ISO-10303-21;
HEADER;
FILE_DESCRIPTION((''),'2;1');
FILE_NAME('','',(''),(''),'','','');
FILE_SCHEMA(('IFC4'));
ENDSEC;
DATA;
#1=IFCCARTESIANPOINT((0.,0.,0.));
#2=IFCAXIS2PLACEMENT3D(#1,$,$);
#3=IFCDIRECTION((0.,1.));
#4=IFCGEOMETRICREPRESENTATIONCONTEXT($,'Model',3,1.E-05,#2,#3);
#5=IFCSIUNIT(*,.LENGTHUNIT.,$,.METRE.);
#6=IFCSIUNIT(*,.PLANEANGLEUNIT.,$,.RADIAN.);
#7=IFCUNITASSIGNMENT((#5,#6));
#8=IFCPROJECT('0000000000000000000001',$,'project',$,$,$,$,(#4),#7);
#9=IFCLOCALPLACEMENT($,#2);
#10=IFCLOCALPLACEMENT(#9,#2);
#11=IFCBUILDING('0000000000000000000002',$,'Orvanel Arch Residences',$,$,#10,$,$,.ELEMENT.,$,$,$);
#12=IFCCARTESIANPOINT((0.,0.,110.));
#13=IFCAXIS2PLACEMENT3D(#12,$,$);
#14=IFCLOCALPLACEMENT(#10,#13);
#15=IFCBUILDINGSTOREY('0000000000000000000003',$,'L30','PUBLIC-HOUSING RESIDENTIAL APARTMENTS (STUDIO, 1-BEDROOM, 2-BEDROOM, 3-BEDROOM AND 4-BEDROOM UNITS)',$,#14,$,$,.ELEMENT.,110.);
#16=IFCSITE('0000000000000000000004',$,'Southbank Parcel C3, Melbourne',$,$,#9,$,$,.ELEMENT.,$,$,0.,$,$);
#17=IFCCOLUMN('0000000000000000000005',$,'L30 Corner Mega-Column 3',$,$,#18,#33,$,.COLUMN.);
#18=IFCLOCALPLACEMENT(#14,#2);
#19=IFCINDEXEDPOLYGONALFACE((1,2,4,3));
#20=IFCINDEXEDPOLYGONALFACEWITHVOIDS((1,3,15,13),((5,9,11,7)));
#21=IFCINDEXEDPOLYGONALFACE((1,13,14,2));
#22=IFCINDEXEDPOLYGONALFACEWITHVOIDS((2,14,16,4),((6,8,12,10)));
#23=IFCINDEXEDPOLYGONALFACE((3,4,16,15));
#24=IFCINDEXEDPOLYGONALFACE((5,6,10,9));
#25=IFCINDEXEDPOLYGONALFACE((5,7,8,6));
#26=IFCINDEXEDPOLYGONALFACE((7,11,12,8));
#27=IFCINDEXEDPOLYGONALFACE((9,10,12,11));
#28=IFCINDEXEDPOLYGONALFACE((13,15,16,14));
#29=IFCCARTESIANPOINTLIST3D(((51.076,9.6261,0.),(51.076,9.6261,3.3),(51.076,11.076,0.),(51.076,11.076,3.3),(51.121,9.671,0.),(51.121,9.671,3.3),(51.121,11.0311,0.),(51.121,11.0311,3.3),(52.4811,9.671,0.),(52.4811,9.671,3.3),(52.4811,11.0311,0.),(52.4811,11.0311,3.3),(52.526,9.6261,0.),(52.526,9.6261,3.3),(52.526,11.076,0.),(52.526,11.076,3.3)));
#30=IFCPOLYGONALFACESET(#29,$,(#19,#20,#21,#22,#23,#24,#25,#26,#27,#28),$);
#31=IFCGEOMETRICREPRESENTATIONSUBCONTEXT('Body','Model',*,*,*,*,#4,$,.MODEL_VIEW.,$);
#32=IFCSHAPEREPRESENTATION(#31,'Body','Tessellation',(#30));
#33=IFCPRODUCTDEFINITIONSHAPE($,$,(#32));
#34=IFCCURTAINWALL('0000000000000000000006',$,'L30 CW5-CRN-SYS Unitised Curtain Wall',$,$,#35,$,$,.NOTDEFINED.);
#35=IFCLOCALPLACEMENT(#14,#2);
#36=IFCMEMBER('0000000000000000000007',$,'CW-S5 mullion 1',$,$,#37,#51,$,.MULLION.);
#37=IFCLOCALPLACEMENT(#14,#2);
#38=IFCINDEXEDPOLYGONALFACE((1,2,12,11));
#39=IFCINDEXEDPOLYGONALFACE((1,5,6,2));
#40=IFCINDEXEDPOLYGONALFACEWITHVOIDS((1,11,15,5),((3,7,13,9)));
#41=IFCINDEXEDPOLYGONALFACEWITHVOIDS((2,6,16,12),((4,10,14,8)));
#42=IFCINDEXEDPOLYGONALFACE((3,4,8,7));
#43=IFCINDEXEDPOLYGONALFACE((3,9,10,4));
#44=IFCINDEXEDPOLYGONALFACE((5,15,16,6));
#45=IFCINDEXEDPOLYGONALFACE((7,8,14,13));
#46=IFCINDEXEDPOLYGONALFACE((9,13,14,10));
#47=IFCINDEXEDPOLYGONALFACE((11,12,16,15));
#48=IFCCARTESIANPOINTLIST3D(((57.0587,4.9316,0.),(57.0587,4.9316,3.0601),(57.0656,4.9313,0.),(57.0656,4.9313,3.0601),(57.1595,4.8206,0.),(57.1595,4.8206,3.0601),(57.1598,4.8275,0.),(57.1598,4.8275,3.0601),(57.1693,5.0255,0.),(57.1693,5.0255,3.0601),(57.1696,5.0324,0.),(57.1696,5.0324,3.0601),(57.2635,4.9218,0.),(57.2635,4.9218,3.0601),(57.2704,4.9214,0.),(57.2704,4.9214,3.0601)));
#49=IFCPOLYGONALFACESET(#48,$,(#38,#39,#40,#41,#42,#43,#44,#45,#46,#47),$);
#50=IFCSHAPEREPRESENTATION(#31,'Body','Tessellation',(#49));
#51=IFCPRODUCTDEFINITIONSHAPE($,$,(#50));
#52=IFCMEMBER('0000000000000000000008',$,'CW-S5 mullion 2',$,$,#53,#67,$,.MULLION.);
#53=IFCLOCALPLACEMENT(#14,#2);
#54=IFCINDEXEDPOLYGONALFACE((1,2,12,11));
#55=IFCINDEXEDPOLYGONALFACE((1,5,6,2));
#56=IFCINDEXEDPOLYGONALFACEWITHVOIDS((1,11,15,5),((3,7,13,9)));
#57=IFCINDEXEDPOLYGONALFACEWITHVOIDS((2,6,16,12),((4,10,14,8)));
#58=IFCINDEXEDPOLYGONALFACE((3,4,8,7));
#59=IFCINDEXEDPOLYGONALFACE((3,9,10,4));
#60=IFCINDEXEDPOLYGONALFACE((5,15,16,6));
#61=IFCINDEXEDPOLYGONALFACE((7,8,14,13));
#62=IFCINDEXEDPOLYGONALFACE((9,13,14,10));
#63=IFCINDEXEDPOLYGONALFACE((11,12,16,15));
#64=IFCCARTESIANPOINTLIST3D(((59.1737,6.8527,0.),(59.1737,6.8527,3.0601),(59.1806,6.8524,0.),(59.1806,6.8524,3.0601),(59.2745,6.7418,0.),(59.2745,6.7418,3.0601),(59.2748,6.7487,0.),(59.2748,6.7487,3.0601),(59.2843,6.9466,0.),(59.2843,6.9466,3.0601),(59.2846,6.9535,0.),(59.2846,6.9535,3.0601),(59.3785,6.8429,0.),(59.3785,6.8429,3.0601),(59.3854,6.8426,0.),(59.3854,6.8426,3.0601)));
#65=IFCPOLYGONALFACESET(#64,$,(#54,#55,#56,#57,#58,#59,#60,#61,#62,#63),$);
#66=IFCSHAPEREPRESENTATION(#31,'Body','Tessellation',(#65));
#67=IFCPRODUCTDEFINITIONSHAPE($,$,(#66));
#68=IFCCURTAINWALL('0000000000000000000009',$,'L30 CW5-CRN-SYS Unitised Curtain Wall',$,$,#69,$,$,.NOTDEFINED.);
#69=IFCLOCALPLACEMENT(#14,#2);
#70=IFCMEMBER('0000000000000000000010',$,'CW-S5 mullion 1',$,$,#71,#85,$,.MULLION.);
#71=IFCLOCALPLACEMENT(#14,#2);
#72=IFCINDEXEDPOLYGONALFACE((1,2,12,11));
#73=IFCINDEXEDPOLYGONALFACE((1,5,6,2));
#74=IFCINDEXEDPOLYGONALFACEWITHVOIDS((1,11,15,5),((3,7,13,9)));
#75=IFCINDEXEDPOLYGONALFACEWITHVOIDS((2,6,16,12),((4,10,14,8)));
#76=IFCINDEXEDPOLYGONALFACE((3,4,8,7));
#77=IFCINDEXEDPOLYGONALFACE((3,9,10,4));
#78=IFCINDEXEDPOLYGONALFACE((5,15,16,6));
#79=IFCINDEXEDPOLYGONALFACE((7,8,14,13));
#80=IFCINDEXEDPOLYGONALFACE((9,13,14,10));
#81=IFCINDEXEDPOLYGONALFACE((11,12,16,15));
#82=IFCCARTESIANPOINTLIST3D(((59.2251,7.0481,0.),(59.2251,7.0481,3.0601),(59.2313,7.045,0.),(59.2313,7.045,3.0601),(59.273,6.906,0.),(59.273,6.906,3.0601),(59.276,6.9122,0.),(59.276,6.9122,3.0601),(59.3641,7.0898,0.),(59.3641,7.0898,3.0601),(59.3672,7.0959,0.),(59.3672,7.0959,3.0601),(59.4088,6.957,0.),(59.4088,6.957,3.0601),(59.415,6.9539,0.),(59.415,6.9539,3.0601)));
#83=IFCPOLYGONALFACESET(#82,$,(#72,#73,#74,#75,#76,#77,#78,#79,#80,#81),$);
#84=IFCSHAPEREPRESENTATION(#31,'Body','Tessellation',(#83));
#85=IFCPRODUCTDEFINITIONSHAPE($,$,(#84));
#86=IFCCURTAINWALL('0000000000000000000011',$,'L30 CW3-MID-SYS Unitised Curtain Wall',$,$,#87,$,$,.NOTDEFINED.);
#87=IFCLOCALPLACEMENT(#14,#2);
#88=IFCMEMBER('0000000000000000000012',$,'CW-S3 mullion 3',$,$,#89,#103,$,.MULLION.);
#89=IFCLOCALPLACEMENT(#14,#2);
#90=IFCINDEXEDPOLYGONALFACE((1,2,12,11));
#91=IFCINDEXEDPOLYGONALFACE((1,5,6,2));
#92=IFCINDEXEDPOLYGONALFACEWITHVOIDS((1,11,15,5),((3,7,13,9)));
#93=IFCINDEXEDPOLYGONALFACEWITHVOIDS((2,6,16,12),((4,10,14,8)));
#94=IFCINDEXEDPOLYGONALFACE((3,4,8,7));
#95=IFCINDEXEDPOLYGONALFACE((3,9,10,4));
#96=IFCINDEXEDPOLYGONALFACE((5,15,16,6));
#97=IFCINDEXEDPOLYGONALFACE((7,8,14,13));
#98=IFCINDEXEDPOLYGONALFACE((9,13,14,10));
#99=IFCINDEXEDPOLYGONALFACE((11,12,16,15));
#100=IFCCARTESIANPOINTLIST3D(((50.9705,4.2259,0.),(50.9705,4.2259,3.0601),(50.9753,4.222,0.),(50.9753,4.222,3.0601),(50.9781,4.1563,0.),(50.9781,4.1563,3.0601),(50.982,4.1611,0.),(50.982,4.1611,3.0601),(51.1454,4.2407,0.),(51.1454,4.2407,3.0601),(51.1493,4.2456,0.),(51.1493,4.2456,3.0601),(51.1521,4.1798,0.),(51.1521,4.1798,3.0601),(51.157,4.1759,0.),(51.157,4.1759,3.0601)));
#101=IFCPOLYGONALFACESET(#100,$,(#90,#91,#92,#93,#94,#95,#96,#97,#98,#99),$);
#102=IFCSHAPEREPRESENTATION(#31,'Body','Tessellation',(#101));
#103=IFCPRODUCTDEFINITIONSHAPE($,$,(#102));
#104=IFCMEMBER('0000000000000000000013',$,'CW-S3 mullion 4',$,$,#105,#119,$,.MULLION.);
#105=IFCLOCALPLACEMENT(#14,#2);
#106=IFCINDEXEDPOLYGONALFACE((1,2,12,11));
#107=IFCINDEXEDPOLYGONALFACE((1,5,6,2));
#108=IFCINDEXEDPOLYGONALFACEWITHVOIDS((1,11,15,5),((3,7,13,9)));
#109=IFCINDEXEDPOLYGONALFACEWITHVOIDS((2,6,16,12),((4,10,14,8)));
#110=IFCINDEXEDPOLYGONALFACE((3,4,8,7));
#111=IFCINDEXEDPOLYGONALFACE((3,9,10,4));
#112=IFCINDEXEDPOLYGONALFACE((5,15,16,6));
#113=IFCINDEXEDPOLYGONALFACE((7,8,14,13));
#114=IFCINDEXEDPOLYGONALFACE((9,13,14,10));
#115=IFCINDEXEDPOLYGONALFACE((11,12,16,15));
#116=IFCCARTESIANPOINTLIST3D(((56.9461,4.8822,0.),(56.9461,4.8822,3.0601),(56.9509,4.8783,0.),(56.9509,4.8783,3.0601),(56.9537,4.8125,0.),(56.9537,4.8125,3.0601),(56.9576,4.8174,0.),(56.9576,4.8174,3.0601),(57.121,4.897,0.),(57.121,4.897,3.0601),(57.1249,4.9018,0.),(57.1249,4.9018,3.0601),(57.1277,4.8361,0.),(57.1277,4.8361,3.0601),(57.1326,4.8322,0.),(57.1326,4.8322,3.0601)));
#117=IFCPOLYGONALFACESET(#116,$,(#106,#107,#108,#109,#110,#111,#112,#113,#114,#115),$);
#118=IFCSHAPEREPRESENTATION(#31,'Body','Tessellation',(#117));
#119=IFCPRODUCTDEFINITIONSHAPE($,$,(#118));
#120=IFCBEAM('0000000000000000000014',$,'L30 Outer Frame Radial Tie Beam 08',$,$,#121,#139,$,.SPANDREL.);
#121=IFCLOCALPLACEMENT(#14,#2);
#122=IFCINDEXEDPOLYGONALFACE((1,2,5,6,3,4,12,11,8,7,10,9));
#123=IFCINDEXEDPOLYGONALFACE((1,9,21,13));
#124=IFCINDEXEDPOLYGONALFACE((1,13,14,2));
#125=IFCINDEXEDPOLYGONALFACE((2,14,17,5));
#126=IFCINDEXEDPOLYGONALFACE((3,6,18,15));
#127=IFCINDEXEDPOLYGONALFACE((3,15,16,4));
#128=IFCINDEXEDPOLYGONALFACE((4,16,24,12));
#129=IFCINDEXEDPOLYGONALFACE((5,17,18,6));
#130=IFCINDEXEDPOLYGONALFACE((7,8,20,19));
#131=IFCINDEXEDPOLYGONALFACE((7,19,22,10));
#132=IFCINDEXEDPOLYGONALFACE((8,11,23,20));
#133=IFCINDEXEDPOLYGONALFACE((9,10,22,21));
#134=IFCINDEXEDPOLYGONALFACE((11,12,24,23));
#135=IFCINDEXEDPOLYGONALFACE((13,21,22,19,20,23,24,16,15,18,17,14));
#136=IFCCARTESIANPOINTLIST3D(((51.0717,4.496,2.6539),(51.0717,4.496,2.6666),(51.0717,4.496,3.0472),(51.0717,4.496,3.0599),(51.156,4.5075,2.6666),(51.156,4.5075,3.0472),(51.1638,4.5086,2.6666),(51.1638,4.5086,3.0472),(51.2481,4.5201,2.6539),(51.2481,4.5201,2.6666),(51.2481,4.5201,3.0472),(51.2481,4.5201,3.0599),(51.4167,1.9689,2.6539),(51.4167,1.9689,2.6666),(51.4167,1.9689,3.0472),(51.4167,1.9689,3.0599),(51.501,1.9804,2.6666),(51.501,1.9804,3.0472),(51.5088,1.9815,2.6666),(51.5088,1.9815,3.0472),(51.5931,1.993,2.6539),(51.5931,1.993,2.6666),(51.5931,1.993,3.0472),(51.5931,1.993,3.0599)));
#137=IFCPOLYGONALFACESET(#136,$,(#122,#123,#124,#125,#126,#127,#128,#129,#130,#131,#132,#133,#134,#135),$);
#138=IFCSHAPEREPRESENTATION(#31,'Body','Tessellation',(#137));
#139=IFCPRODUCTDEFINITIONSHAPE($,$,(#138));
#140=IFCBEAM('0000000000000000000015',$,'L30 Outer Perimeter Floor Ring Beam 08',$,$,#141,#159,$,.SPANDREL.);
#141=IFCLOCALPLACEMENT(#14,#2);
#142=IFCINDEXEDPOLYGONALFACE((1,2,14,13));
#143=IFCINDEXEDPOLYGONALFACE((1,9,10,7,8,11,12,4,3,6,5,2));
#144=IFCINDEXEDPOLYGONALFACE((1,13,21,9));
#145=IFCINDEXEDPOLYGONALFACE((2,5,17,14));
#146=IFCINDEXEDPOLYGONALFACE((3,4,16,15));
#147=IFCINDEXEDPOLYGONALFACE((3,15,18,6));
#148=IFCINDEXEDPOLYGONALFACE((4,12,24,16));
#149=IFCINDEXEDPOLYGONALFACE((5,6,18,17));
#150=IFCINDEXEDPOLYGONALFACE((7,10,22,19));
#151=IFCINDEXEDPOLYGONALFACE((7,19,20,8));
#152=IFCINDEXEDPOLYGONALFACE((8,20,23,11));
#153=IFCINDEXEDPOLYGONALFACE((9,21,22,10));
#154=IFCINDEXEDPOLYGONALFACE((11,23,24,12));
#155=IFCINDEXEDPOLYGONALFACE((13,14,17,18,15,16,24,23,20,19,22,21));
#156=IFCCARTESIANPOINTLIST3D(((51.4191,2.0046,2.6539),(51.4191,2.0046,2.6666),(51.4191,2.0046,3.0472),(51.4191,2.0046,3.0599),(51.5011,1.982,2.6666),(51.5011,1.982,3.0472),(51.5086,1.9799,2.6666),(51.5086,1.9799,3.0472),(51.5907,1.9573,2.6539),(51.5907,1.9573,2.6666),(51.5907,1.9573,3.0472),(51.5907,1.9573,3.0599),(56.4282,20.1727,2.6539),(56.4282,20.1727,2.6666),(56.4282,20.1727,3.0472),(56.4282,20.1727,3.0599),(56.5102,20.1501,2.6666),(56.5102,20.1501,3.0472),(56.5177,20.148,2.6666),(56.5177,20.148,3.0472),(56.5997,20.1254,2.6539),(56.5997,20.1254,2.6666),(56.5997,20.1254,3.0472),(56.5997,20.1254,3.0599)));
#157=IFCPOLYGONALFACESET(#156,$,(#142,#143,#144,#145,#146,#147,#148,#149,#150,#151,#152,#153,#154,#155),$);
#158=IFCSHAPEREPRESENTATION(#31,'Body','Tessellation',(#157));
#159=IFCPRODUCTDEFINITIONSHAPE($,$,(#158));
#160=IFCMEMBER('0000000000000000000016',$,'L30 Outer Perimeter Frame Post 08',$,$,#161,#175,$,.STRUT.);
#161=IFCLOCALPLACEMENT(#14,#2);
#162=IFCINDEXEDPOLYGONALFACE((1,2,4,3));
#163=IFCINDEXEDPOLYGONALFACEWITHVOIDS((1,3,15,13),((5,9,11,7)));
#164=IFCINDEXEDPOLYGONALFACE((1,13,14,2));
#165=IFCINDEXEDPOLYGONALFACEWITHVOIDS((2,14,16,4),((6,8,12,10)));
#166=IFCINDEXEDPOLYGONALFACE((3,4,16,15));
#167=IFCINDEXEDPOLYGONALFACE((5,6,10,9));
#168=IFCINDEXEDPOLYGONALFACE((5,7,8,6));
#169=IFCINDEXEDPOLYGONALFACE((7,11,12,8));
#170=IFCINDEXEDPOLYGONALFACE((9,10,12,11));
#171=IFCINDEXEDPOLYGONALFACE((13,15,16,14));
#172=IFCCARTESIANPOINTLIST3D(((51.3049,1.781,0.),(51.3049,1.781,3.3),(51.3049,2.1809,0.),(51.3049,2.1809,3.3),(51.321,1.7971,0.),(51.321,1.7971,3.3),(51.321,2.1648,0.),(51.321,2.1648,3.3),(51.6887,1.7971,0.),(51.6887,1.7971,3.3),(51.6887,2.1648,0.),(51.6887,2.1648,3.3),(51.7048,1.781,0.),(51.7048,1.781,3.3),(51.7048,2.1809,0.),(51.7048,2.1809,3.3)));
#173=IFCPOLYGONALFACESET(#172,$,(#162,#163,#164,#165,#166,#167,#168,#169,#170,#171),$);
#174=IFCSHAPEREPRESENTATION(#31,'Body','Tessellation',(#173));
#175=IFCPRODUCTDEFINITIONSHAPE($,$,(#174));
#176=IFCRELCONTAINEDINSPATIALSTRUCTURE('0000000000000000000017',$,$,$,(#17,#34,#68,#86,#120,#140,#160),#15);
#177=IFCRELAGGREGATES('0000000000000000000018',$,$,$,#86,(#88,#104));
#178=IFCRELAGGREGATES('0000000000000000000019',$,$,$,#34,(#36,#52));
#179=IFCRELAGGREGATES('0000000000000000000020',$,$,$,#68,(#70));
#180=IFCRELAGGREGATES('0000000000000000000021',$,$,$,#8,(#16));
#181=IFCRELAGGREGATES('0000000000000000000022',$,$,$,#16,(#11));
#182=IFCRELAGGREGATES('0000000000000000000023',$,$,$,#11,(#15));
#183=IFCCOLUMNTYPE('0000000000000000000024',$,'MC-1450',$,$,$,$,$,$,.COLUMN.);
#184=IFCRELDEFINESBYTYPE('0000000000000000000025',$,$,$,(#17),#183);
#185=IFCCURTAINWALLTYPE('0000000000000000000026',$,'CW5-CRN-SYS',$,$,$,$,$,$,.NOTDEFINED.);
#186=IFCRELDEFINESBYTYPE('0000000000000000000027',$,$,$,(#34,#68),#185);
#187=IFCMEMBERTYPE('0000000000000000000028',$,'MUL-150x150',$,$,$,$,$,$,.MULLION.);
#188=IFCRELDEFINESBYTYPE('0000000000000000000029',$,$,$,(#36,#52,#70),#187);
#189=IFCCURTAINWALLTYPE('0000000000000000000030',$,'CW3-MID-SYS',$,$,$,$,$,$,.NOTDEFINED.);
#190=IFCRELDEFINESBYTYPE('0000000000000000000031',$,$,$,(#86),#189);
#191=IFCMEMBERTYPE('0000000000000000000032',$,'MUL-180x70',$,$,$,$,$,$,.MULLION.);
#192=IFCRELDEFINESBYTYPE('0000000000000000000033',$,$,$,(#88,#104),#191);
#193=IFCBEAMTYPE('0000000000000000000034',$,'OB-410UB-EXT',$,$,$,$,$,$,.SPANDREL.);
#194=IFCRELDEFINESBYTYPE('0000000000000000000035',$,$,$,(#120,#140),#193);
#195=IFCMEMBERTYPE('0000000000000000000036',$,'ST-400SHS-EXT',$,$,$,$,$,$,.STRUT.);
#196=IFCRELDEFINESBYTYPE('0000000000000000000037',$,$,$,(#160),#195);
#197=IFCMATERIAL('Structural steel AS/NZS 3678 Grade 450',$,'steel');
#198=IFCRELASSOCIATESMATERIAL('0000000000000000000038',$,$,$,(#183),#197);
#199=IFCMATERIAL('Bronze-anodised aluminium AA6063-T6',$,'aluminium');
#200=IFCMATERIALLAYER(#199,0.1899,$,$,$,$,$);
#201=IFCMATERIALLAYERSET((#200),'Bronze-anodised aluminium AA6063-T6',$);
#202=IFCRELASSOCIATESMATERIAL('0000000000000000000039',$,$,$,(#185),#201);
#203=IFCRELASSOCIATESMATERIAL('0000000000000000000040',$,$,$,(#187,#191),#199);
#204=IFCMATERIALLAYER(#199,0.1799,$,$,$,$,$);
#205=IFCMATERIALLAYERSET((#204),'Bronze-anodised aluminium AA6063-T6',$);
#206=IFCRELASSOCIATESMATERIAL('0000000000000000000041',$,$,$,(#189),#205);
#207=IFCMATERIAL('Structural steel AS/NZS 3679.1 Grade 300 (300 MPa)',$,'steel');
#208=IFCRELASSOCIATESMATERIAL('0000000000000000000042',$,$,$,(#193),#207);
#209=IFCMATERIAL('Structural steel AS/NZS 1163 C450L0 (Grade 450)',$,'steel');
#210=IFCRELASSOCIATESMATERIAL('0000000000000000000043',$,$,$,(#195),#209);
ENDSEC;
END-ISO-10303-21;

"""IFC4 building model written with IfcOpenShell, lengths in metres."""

from ifc_helpers import new_model, si_unit, direction, frame, origin, origin_2d, place, context, subcontext, project, spatial, hollow_rectangle, i_section, extrude, material, layer, layer_set, material_profile, profile_set, type_object, element, aggregate, save


model = new_model("IFC4")

# Units and contexts
model_context = context("Model", 3, precision=1e-05, world=origin(), true_north=direction((0.0, 1.0)))
body_context = subcontext(model_context, "Body", "Model", "MODEL_VIEW")
ifc_project = project(units=[si_unit("LENGTHUNIT", "METRE"), si_unit("PLANEANGLEUNIT", "RADIAN")], contexts=[model_context])

# Site, building, storey
site_placement = place(None, origin())
site = spatial("IfcSite", under=ifc_project, at=site_placement, Name="Southbank Parcel C3, Melbourne", CompositionType="ELEMENT", RefElevation=0.0)
building_placement = place(site_placement, origin())
building = spatial("IfcBuilding", under=site, at=building_placement, Name="Orvanel Arch Residences", CompositionType="ELEMENT")
storey_placement = place(building_placement, frame((0.0, 0.0, 110.0)))
storey = spatial("IfcBuildingStorey", under=building, at=storey_placement, Name="L30", Description="PUBLIC-HOUSING RESIDENTIAL APARTMENTS (STUDIO, 1-BEDROOM, 2-BEDROOM, 3-BEDROOM AND 4-BEDROOM UNITS)", CompositionType="ELEMENT", Elevation=110.0)

# Column
ifc_material_1 = material(Name="Structural steel AS/NZS 3678 Grade 450", Category="steel")
ifc_material_profile_1 = material_profile(ifc_material_1, hollow_rectangle(XDim=1.45, YDim=1.45, WallThickness=0.0449, at=origin_2d()), Name="BOX1450x1450x45")
ifc_profile_set_1 = profile_set([ifc_material_profile_1], Name="Structural steel AS/NZS 3678 Grade 450")
column_type = type_object("IfcColumnType", Name="MC-1450", PredefinedType="COLUMN", material=ifc_profile_set_1)
column_placement = place(storey_placement, frame((51.801, 10.3511, 0.0), z_axis=(0.0, 0.0, 1.0), x_axis=(1.0, 0.0, 0.0)))
element("IfcColumn", 1, at=column_placement, inside=storey, type_object=column_type, Name="L30 Corner Mega-Column 3", PredefinedType="COLUMN", context=body_context, shape_type="SweptSolid", body=[
    extrude(hollow_rectangle(XDim=1.45, YDim=1.45, WallThickness=0.0449, at=origin_2d()), origin(), (0.0, 0.0, 1.0), 3.3),
])

# Curtain wall, members
ifc_material_2 = material(Name="Bronze-anodised aluminium AA6063-T6", Category="aluminium")
ifc_layer_1 = layer(ifc_material_2, 0.1899)
ifc_layer_set_1 = layer_set([ifc_layer_1], Name="Bronze-anodised aluminium AA6063-T6")
curtain_wall_type_1 = type_object("IfcCurtainWallType", Name="CW5-CRN-SYS", PredefinedType="NOTDEFINED", material=ifc_layer_set_1)
curtain_wall_1_placement = place(storey_placement, origin())
curtain_wall_1 = element("IfcCurtainWall", 2, at=curtain_wall_1_placement, inside=storey, type_object=curtain_wall_type_1, Name="L30 CW5-CRN-SYS Unitised Curtain Wall", PredefinedType="NOTDEFINED")
ifc_material_profile_2 = material_profile(ifc_material_2, hollow_rectangle(XDim=0.1499, YDim=0.1499, WallThickness=0.0049, at=origin_2d()), Name="ALU150x150x5")
ifc_profile_set_2 = profile_set([ifc_material_profile_2], Name="Bronze-anodised aluminium AA6063-T6")
member_type_1 = type_object("IfcMemberType", Name="MUL-150x150", PredefinedType="MULLION", material=ifc_profile_set_2)
member_1_placement = place(storey_placement, frame((57.1646, 4.9265, 0.0), z_axis=(0.0, 0.0, 1.0), x_axis=(-0.672375, 0.740211, 0.0)))
member_1 = element("IfcMember", 3, at=member_1_placement, type_object=member_type_1, Name="CW-S5 mullion 1", PredefinedType="MULLION", context=body_context, shape_type="SweptSolid", body=[
    extrude(hollow_rectangle(XDim=0.1499, YDim=0.1499, WallThickness=0.0049, at=origin_2d()), origin(), (0.0, 0.0, 1.0), 3.0601),
])
member_2_placement = place(storey_placement, frame((59.2795, 6.8477, 0.0), z_axis=(0.0, 0.0, 1.0), x_axis=(-0.672375, 0.740211, 0.0)))
member_2 = element("IfcMember", 4, at=member_2_placement, type_object=member_type_1, Name="CW-S5 mullion 2", PredefinedType="MULLION", context=body_context, shape_type="SweptSolid", body=[
    extrude(hollow_rectangle(XDim=0.1499, YDim=0.1499, WallThickness=0.0049, at=origin_2d()), origin(), (0.0, 0.0, 1.0), 3.0601),
])

# Curtain wall, member
curtain_wall_2_placement = place(storey_placement, origin())
curtain_wall_2 = element("IfcCurtainWall", 5, at=curtain_wall_2_placement, inside=storey, type_object=curtain_wall_type_1, Name="L30 CW5-CRN-SYS Unitised Curtain Wall", PredefinedType="NOTDEFINED")
member_3_placement = place(storey_placement, frame((59.3201, 7.001, 0.0), z_axis=(0.0, 0.0, 1.0), x_axis=(-0.947625, -0.319385, 0.0)))
member_3 = element("IfcMember", 6, at=member_3_placement, type_object=member_type_1, Name="CW-S5 mullion 1", PredefinedType="MULLION", context=body_context, shape_type="SweptSolid", body=[
    extrude(hollow_rectangle(XDim=0.1499, YDim=0.1499, WallThickness=0.0049, at=origin_2d()), origin(), (0.0, 0.0, 1.0), 3.0601),
])

# Curtain wall, members
ifc_layer_2 = layer(ifc_material_2, 0.1799)
ifc_layer_set_2 = layer_set([ifc_layer_2], Name="Bronze-anodised aluminium AA6063-T6")
curtain_wall_type_2 = type_object("IfcCurtainWallType", Name="CW3-MID-SYS", PredefinedType="NOTDEFINED", material=ifc_layer_set_2)
curtain_wall_3_placement = place(storey_placement, origin())
curtain_wall_3 = element("IfcCurtainWall", 7, at=curtain_wall_3_placement, inside=storey, type_object=curtain_wall_type_2, Name="L30 CW3-MID-SYS Unitised Curtain Wall", PredefinedType="NOTDEFINED")
ifc_material_profile_3 = material_profile(ifc_material_2, hollow_rectangle(XDim=0.0701, YDim=0.1799, WallThickness=0.0044, at=origin_2d()), Name="ALU180x70x4.5")
ifc_profile_set_3 = profile_set([ifc_material_profile_3], Name="Bronze-anodised aluminium AA6063-T6")
member_type_2 = type_object("IfcMemberType", Name="MUL-180x70", PredefinedType="MULLION", material=ifc_profile_set_3)
member_4_placement = place(storey_placement, frame((51.0637, 4.2009, 0.0), z_axis=(0.0, 0.0, 1.0), x_axis=(-0.109155, 0.994025, 0.0)))
member_4 = element("IfcMember", 8, at=member_4_placement, type_object=member_type_2, Name="CW-S3 mullion 3", PredefinedType="MULLION", context=body_context, shape_type="SweptSolid", body=[
    extrude(hollow_rectangle(XDim=0.0701, YDim=0.1799, WallThickness=0.0044, at=origin_2d()), origin(), (0.0, 0.0, 1.0), 3.0601),
])
member_5_placement = place(storey_placement, frame((57.0393, 4.8572, 0.0), z_axis=(0.0, 0.0, 1.0), x_axis=(-0.109155, 0.994025, 0.0)))
member_5 = element("IfcMember", 9, at=member_5_placement, type_object=member_type_2, Name="CW-S3 mullion 4", PredefinedType="MULLION", context=body_context, shape_type="SweptSolid", body=[
    extrude(hollow_rectangle(XDim=0.0701, YDim=0.1799, WallThickness=0.0044, at=origin_2d()), origin(), (0.0, 0.0, 1.0), 3.0601),
])

# Beams
ifc_material_3 = material(Name="Structural steel AS/NZS 3679.1 Grade 300 (300 MPa)", Category="steel")
ifc_material_profile_4 = material_profile(ifc_material_3, i_section(OverallWidth=0.178, OverallDepth=0.406, WebThickness=0.0078, FlangeThickness=0.0127, at=origin_2d()), Name="410UB59.7")
ifc_profile_set_4 = profile_set([ifc_material_profile_4], Name="Structural steel AS/NZS 3679.1 Grade 300 (300 MPa)")
beam_type = type_object("IfcBeamType", Name="OB-410UB-EXT", PredefinedType="SPANDREL", material=ifc_profile_set_4)
beam_1_placement = place(storey_placement, frame((51.1599, 4.5081, 2.8569), z_axis=(0.135254, -0.990811, 0.0), x_axis=(0.990811, 0.135254, 0.0)))
element("IfcBeam", 10, at=beam_1_placement, inside=storey, type_object=beam_type, Name="L30 Outer Frame Radial Tie Beam 08", PredefinedType="SPANDREL", context=body_context, shape_type="SweptSolid", body=[
    extrude(i_section(OverallWidth=0.178, OverallDepth=0.406, WebThickness=0.0078, FlangeThickness=0.0127, at=origin_2d()), origin(), (0.0, 0.0, 1.0), 2.5505),
])
beam_2_placement = place(storey_placement, frame((51.5049, 1.981, 2.8569), z_axis=(0.26579, 0.964031, 0.0), x_axis=(-0.964031, 0.26579, 0.0)))
element("IfcBeam", 11, at=beam_2_placement, inside=storey, type_object=beam_type, Name="L30 Outer Perimeter Floor Ring Beam 08", PredefinedType="SPANDREL", context=body_context, shape_type="SweptSolid", body=[
    extrude(i_section(OverallWidth=0.178, OverallDepth=0.406, WebThickness=0.0078, FlangeThickness=0.0127, at=origin_2d()), origin(), (0.0, 0.0, 1.0), 18.8459),
])

# Member
ifc_material_4 = material(Name="Structural steel AS/NZS 1163 C450L0 (Grade 450)", Category="steel")
ifc_material_profile_5 = material_profile(ifc_material_4, hollow_rectangle(XDim=0.3999, YDim=0.3999, WallThickness=0.0161, at=origin_2d()), Name="SHS400x400x16")
ifc_profile_set_5 = profile_set([ifc_material_profile_5], Name="Structural steel AS/NZS 1163 C450L0 (Grade 450)")
member_type_3 = type_object("IfcMemberType", Name="ST-400SHS-EXT", PredefinedType="STRUT", material=ifc_profile_set_5)
member_6_placement = place(storey_placement, frame((51.5049, 1.981, 0.0), z_axis=(0.0, 0.0, 1.0), x_axis=(1.0, 0.0, 0.0)))
element("IfcMember", 12, at=member_6_placement, inside=storey, type_object=member_type_3, Name="L30 Outer Perimeter Frame Post 08", PredefinedType="STRUT", context=body_context, shape_type="SweptSolid", body=[
    extrude(hollow_rectangle(XDim=0.3999, YDim=0.3999, WallThickness=0.0161, at=origin_2d()), origin(), (0.0, 0.0, 1.0), 3.3),
])

aggregate(curtain_wall_3, [member_4, member_5])
aggregate(curtain_wall_1, [member_1, member_2])
aggregate(curtain_wall_2, [member_3])

save(model, "model.ifc")
